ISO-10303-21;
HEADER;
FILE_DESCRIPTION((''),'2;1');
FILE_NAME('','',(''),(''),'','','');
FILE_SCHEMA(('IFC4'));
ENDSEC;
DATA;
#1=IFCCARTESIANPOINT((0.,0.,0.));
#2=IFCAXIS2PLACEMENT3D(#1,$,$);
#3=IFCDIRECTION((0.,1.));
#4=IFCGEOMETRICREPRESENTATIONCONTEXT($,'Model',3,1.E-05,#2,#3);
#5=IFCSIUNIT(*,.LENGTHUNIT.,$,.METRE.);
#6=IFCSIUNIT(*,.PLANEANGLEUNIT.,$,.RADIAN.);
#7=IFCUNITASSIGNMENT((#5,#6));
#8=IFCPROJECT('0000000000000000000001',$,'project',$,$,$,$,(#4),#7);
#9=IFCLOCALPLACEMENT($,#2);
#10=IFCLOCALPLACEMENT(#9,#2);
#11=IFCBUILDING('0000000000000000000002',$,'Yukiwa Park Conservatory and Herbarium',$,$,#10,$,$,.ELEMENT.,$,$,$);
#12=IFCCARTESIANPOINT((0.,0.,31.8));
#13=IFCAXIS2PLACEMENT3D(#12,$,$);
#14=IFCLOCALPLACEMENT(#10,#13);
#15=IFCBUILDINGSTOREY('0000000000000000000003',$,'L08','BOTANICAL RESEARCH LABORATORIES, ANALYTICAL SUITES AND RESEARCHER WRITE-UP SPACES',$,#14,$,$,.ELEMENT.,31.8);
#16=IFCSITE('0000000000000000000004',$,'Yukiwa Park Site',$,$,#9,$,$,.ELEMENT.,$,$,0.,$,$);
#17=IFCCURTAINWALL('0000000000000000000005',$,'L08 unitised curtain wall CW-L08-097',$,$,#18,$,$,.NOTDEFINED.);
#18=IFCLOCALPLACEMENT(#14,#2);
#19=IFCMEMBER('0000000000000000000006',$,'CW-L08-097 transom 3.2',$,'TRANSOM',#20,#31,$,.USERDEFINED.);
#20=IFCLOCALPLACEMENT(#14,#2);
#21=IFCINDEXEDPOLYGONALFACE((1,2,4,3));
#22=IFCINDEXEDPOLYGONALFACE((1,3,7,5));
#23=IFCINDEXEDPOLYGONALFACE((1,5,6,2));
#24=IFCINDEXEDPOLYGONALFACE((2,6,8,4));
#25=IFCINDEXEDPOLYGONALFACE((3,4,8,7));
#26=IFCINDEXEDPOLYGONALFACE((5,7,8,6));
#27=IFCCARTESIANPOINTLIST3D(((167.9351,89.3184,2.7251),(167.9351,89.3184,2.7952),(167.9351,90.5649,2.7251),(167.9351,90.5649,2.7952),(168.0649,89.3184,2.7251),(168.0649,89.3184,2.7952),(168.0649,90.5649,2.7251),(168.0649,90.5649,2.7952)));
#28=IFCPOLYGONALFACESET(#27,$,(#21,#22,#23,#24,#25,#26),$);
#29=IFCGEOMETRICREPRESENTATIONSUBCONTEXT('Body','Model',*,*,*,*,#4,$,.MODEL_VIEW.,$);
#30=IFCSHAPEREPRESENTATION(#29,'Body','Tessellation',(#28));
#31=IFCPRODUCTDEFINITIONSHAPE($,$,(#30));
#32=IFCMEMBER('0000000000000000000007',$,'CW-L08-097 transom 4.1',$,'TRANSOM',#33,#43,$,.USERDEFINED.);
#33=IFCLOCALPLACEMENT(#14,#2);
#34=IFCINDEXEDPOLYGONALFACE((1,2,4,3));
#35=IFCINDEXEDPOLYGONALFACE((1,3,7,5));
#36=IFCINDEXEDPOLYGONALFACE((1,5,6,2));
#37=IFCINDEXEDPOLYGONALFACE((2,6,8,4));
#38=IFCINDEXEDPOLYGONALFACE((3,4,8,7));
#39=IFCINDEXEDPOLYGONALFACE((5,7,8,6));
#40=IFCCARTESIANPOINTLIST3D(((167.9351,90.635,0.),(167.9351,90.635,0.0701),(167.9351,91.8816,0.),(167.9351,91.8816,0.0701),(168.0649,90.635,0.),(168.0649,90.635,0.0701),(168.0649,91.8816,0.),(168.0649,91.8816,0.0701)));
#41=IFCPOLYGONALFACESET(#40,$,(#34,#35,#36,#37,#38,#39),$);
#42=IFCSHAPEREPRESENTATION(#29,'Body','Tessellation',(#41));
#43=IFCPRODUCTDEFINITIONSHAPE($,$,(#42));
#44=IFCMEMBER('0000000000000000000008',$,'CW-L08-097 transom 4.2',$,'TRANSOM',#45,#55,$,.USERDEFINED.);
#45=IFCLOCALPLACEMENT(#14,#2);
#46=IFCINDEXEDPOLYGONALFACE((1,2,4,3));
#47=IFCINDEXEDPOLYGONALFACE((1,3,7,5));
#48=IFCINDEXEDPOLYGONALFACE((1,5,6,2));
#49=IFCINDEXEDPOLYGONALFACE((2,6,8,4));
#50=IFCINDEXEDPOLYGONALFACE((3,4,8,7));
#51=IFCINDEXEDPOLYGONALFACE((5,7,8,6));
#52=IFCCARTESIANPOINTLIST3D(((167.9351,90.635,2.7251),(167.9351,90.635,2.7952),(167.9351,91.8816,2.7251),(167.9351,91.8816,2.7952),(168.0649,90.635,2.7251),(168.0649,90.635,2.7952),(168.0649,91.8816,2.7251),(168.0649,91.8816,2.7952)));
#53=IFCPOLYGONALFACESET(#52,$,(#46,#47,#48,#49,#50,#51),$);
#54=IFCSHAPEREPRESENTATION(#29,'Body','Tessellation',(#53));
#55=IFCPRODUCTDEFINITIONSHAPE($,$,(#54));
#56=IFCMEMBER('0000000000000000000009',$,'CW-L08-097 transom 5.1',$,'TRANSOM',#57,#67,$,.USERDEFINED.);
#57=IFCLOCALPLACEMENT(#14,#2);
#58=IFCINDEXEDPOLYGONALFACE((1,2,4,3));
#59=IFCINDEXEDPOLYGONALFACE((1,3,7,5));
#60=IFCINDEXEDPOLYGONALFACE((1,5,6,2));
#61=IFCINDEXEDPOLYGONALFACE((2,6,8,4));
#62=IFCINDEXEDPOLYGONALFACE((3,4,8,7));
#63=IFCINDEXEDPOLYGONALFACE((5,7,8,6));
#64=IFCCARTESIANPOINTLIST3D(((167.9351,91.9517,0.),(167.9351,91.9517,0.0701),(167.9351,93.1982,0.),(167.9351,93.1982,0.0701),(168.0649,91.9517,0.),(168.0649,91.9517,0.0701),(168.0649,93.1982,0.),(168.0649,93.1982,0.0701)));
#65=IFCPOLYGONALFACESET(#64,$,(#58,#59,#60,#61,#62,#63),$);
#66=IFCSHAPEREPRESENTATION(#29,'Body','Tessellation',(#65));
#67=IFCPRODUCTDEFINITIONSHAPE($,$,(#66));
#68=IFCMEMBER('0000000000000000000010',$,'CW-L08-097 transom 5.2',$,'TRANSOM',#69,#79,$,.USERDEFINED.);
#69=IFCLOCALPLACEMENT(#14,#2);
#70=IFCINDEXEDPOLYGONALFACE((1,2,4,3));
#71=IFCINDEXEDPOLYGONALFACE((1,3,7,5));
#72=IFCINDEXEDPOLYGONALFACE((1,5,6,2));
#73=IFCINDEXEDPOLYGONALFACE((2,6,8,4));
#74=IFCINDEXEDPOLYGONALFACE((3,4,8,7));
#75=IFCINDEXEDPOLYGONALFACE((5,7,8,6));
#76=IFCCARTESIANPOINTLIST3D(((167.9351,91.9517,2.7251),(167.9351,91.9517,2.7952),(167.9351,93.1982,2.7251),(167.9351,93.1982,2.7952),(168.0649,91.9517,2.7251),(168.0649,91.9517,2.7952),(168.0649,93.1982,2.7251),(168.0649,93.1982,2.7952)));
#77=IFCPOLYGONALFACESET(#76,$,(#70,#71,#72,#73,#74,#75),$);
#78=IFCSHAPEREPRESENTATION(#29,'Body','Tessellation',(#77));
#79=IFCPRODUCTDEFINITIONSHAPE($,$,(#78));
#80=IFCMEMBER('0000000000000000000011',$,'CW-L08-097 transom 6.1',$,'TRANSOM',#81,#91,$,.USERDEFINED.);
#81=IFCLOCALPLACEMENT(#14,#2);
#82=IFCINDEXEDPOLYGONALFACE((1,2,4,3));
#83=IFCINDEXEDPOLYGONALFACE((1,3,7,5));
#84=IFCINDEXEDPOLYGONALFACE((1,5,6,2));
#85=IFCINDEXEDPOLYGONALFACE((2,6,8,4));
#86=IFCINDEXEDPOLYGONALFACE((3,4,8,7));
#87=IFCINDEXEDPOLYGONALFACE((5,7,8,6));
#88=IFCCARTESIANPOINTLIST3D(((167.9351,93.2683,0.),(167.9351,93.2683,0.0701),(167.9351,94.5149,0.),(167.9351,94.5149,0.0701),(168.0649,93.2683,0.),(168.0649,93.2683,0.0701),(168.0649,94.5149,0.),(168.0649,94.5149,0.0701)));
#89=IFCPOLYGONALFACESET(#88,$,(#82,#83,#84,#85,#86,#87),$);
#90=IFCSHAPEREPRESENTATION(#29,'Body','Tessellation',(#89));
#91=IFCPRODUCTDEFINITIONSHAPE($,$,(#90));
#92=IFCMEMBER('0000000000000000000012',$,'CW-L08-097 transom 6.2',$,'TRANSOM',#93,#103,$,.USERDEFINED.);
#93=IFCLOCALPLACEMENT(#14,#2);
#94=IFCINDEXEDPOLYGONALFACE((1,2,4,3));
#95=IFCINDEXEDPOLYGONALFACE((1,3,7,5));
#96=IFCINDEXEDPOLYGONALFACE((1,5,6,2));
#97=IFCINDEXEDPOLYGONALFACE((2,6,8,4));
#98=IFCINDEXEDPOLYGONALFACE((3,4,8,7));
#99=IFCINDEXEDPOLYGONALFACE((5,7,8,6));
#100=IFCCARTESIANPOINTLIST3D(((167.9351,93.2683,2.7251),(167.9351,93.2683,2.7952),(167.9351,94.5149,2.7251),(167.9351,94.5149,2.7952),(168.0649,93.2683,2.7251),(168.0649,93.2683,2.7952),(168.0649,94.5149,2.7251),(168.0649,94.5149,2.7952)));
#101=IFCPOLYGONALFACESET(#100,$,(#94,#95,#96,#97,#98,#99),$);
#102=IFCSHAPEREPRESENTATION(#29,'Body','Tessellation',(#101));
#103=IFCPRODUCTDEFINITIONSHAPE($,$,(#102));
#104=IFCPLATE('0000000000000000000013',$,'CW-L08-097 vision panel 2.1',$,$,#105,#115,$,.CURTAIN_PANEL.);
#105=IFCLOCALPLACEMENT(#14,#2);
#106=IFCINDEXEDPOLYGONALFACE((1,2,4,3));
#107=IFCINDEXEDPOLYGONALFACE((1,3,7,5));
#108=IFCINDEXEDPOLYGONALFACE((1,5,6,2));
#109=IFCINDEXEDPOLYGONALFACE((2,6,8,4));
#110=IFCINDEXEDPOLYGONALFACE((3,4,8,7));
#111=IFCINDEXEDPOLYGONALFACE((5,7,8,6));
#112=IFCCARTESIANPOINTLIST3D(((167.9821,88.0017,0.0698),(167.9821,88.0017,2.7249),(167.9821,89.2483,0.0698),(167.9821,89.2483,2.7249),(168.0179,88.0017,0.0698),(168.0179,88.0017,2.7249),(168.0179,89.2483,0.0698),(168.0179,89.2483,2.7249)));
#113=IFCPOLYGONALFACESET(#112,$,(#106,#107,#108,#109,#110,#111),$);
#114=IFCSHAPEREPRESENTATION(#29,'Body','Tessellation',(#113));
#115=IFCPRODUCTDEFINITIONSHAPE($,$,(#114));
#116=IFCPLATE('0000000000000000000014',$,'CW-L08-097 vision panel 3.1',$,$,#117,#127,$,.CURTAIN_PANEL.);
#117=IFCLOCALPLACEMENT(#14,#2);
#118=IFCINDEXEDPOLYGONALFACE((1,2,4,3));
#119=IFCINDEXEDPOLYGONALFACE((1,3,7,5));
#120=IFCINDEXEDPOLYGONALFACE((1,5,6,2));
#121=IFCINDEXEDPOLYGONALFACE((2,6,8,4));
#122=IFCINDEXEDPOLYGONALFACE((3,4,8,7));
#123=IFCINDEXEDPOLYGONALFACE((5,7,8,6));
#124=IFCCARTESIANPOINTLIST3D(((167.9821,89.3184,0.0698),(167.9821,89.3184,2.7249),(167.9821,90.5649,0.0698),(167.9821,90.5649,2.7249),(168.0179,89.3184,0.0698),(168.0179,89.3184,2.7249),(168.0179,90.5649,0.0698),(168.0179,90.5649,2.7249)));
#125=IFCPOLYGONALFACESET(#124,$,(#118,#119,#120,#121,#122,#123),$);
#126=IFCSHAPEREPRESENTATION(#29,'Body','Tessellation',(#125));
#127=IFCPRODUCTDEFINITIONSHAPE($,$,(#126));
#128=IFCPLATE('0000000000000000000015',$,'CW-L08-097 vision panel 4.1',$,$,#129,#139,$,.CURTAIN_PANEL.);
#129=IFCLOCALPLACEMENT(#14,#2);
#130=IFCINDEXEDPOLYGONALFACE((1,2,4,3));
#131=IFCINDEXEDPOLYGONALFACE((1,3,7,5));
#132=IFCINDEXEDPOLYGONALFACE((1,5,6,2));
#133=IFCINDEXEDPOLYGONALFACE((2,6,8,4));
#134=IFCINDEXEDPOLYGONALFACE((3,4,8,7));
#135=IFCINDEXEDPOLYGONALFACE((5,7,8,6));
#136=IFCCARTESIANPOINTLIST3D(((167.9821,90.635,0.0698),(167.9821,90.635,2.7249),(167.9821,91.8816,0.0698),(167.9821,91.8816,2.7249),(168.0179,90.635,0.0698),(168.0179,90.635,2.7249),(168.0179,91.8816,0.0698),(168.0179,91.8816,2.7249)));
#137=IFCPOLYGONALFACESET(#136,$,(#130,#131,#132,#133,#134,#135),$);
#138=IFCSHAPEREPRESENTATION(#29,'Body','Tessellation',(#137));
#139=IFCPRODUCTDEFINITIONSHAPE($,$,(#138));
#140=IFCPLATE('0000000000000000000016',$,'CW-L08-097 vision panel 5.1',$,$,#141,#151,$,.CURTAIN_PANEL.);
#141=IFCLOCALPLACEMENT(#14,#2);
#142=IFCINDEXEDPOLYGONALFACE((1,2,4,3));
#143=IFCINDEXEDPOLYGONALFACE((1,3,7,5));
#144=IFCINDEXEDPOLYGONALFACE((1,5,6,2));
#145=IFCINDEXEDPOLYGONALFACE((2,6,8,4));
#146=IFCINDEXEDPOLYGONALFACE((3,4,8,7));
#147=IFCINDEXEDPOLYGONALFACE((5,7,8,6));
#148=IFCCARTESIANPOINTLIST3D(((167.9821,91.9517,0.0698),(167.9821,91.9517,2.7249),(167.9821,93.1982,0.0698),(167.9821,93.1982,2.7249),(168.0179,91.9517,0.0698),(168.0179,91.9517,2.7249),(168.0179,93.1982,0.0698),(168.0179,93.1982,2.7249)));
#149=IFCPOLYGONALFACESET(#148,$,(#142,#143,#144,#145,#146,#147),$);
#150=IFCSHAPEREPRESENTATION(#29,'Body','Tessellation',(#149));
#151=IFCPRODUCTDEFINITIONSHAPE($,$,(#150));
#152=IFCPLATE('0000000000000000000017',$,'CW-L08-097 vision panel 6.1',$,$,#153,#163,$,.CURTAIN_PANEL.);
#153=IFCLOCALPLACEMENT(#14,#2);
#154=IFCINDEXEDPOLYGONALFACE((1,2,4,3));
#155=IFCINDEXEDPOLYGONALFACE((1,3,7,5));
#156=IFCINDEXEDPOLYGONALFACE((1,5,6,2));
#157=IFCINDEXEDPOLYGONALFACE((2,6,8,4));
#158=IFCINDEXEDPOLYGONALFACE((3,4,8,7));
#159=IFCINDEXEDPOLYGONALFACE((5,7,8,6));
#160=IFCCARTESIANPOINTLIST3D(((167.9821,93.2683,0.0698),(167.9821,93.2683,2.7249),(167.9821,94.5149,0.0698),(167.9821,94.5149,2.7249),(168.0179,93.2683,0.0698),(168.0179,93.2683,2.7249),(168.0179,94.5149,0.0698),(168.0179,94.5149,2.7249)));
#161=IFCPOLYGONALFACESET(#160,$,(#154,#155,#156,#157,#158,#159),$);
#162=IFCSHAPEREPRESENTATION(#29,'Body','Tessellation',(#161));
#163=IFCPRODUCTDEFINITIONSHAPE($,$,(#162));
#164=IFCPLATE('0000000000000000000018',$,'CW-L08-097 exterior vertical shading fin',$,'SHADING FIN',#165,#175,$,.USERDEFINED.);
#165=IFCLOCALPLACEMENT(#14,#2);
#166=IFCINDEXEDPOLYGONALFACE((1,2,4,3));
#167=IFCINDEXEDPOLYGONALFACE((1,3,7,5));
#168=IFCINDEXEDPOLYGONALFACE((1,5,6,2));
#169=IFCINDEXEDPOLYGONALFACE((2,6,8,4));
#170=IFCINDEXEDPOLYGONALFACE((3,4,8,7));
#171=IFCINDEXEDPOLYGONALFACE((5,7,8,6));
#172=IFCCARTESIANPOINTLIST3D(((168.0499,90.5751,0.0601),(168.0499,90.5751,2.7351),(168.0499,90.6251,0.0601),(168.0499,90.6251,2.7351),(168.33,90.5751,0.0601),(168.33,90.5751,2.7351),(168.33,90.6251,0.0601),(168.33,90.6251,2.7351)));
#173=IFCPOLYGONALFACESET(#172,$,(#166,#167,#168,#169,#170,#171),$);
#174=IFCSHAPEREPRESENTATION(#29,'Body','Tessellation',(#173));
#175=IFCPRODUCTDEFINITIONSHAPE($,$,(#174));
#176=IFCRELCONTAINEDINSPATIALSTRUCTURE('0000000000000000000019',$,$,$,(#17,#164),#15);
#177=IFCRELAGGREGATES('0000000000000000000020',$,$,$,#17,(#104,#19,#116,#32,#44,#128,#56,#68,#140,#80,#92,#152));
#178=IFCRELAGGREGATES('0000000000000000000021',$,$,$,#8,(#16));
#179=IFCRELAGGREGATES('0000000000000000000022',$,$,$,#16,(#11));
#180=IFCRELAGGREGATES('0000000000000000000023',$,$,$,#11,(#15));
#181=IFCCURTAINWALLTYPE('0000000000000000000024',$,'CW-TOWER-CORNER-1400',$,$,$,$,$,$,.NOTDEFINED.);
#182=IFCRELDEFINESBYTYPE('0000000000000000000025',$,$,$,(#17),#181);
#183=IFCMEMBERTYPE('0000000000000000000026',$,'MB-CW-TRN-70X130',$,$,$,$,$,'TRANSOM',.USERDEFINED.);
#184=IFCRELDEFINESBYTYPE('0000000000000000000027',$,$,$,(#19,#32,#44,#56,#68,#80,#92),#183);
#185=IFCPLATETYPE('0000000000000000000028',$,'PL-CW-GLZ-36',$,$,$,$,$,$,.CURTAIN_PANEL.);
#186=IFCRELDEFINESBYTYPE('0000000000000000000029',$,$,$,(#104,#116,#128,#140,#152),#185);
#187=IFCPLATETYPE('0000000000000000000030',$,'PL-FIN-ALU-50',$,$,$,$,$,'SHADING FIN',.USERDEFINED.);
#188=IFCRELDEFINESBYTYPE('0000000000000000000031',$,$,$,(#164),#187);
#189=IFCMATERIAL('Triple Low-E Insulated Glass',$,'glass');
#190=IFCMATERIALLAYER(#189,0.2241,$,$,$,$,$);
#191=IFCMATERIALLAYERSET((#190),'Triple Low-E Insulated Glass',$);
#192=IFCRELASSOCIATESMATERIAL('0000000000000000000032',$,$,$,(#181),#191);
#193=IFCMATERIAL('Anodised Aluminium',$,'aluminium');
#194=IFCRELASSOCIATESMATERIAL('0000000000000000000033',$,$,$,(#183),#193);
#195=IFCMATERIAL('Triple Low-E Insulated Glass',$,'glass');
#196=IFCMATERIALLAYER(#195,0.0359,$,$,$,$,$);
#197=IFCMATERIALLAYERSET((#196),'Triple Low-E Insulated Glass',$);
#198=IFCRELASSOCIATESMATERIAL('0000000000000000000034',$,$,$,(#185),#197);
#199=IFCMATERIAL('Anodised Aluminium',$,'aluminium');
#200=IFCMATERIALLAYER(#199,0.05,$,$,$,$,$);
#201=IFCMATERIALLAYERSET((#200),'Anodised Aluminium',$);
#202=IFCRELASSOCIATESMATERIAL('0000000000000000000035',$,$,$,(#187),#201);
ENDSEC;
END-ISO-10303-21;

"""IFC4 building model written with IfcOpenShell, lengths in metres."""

from ifc_helpers import new_model, si_unit, direction, frame, origin, origin_2d, place, context, subcontext, project, spatial, rectangle, extrude, material, layer, layer_set, type_object, element, aggregate, save


model = new_model("IFC4")

# Units and contexts
model_context = context("Model", 3, precision=1e-05, world=origin(), true_north=direction((0.0, 1.0)))
body_context = subcontext(model_context, "Body", "Model", "MODEL_VIEW")
ifc_project = project(units=[si_unit("LENGTHUNIT", "METRE"), si_unit("PLANEANGLEUNIT", "RADIAN")], contexts=[model_context])

# Site, building, storey
site_placement = place(None, origin())
site = spatial("IfcSite", under=ifc_project, at=site_placement, Name="Yukiwa Park Site", CompositionType="ELEMENT", RefElevation=0.0)
building_placement = place(site_placement, origin())
building = spatial("IfcBuilding", under=site, at=building_placement, Name="Yukiwa Park Conservatory and Herbarium", CompositionType="ELEMENT")
storey_placement = place(building_placement, frame((0.0, 0.0, 31.8)))
storey = spatial("IfcBuildingStorey", under=building, at=storey_placement, Name="L08", Description="BOTANICAL RESEARCH LABORATORIES, ANALYTICAL SUITES AND RESEARCHER WRITE-UP SPACES", CompositionType="ELEMENT", Elevation=31.8)

# Curtain wall, members, plates
ifc_material_1 = material(Name="Triple Low-E Insulated Glass", Category="glass")
ifc_layer_1 = layer(ifc_material_1, 0.2241)
ifc_layer_set_1 = layer_set([ifc_layer_1], Name="Triple Low-E Insulated Glass")
curtain_wall_type = type_object("IfcCurtainWallType", Name="CW-TOWER-CORNER-1400", PredefinedType="NOTDEFINED", material=ifc_layer_set_1)
curtain_wall_placement = place(storey_placement, origin())
curtain_wall = element("IfcCurtainWall", 1, at=curtain_wall_placement, inside=storey, type_object=curtain_wall_type, Name="L08 unitised curtain wall CW-L08-097", PredefinedType="NOTDEFINED")
ifc_material_2 = material(Name="Anodised Aluminium", Category="aluminium")
member_type_1 = type_object("IfcMemberType", Name="MB-CW-TRN-70X130", ElementType="TRANSOM", PredefinedType="USERDEFINED", material=ifc_material_2)
member_1_placement = place(storey_placement, frame((168.0, 89.9417, 2.7251), z_axis=(0.0, 0.0, 1.0), x_axis=(0.0, 1.0, 0.0)))
member_1 = element("IfcMember", 2, at=member_1_placement, type_object=member_type_1, Name="CW-L08-097 transom 3.2", ObjectType="TRANSOM", PredefinedType="USERDEFINED", context=body_context, shape_type="SweptSolid", body=[
    extrude(rectangle(XDim=1.2466, YDim=0.1299, at=origin_2d()), origin(), (0.0, 0.0, 1.0), 0.0701),
])
member_2_placement = place(storey_placement, frame((168.0, 91.2583, 0.0), z_axis=(0.0, 0.0, 1.0), x_axis=(0.0, 1.0, 0.0)))
member_2 = element("IfcMember", 3, at=member_2_placement, type_object=member_type_1, Name="CW-L08-097 transom 4.1", ObjectType="TRANSOM", PredefinedType="USERDEFINED", context=body_context, shape_type="SweptSolid", body=[
    extrude(rectangle(XDim=1.2466, YDim=0.1299, at=origin_2d()), origin(), (0.0, 0.0, 1.0), 0.0701),
])
member_3_placement = place(storey_placement, frame((168.0, 91.2583, 2.7251), z_axis=(0.0, 0.0, 1.0), x_axis=(0.0, 1.0, 0.0)))
member_3 = element("IfcMember", 4, at=member_3_placement, type_object=member_type_1, Name="CW-L08-097 transom 4.2", ObjectType="TRANSOM", PredefinedType="USERDEFINED", context=body_context, shape_type="SweptSolid", body=[
    extrude(rectangle(XDim=1.2466, YDim=0.1299, at=origin_2d()), origin(), (0.0, 0.0, 1.0), 0.0701),
])
member_4_placement = place(storey_placement, frame((168.0, 92.575, 0.0), z_axis=(0.0, 0.0, 1.0), x_axis=(0.0, 1.0, 0.0)))
member_4 = element("IfcMember", 5, at=member_4_placement, type_object=member_type_1, Name="CW-L08-097 transom 5.1", ObjectType="TRANSOM", PredefinedType="USERDEFINED", context=body_context, shape_type="SweptSolid", body=[
    extrude(rectangle(XDim=1.2466, YDim=0.1299, at=origin_2d()), origin(), (0.0, 0.0, 1.0), 0.0701),
])
member_5_placement = place(storey_placement, frame((168.0, 92.575, 2.7251), z_axis=(0.0, 0.0, 1.0), x_axis=(0.0, 1.0, 0.0)))
member_5 = element("IfcMember", 6, at=member_5_placement, type_object=member_type_1, Name="CW-L08-097 transom 5.2", ObjectType="TRANSOM", PredefinedType="USERDEFINED", context=body_context, shape_type="SweptSolid", body=[
    extrude(rectangle(XDim=1.2466, YDim=0.1299, at=origin_2d()), origin(), (0.0, 0.0, 1.0), 0.0701),
])
member_6_placement = place(storey_placement, frame((168.0, 93.8916, 0.0), z_axis=(0.0, 0.0, 1.0), x_axis=(0.0, 1.0, 0.0)))
member_6 = element("IfcMember", 7, at=member_6_placement, type_object=member_type_1, Name="CW-L08-097 transom 6.1", ObjectType="TRANSOM", PredefinedType="USERDEFINED", context=body_context, shape_type="SweptSolid", body=[
    extrude(rectangle(XDim=1.2466, YDim=0.1299, at=origin_2d()), origin(), (0.0, 0.0, 1.0), 0.0701),
])
member_7_placement = place(storey_placement, frame((168.0, 93.8916, 2.7251), z_axis=(0.0, 0.0, 1.0), x_axis=(0.0, 1.0, 0.0)))
member_7 = element("IfcMember", 8, at=member_7_placement, type_object=member_type_1, Name="CW-L08-097 transom 6.2", ObjectType="TRANSOM", PredefinedType="USERDEFINED", context=body_context, shape_type="SweptSolid", body=[
    extrude(rectangle(XDim=1.2466, YDim=0.1299, at=origin_2d()), origin(), (0.0, 0.0, 1.0), 0.0701),
])
ifc_material_3 = material(Name="Triple Low-E Insulated Glass", Category="glass")
ifc_layer_2 = layer(ifc_material_3, 0.0359)
ifc_layer_set_2 = layer_set([ifc_layer_2], Name="Triple Low-E Insulated Glass")
plate_type_1 = type_object("IfcPlateType", Name="PL-CW-GLZ-36", PredefinedType="CURTAIN_PANEL", material=ifc_layer_set_2)
plate_1_placement = place(storey_placement, frame((168.0, 88.625, 0.0698), z_axis=(0.0, 0.0, 1.0), x_axis=(0.0, 1.0, 0.0)))
plate_1 = element("IfcPlate", 9, at=plate_1_placement, type_object=plate_type_1, Name="CW-L08-097 vision panel 2.1", PredefinedType="CURTAIN_PANEL", context=body_context, shape_type="SweptSolid", body=[
    extrude(rectangle(XDim=1.2466, YDim=0.0359, at=origin_2d()), origin(), (0.0, 0.0, 1.0), 2.655),
])
plate_2_placement = place(storey_placement, frame((168.0, 89.9417, 0.0698), z_axis=(0.0, 0.0, 1.0), x_axis=(0.0, 1.0, 0.0)))
plate_2 = element("IfcPlate", 10, at=plate_2_placement, type_object=plate_type_1, Name="CW-L08-097 vision panel 3.1", PredefinedType="CURTAIN_PANEL", context=body_context, shape_type="SweptSolid", body=[
    extrude(rectangle(XDim=1.2466, YDim=0.0359, at=origin_2d()), origin(), (0.0, 0.0, 1.0), 2.655),
])
plate_3_placement = place(storey_placement, frame((168.0, 91.2583, 0.0698), z_axis=(0.0, 0.0, 1.0), x_axis=(0.0, 1.0, 0.0)))
plate_3 = element("IfcPlate", 11, at=plate_3_placement, type_object=plate_type_1, Name="CW-L08-097 vision panel 4.1", PredefinedType="CURTAIN_PANEL", context=body_context, shape_type="SweptSolid", body=[
    extrude(rectangle(XDim=1.2466, YDim=0.0359, at=origin_2d()), origin(), (0.0, 0.0, 1.0), 2.655),
])
plate_4_placement = place(storey_placement, frame((168.0, 92.575, 0.0698), z_axis=(0.0, 0.0, 1.0), x_axis=(0.0, 1.0, 0.0)))
plate_4 = element("IfcPlate", 12, at=plate_4_placement, type_object=plate_type_1, Name="CW-L08-097 vision panel 5.1", PredefinedType="CURTAIN_PANEL", context=body_context, shape_type="SweptSolid", body=[
    extrude(rectangle(XDim=1.2466, YDim=0.0359, at=origin_2d()), origin(), (0.0, 0.0, 1.0), 2.655),
])
plate_5_placement = place(storey_placement, frame((168.0, 93.8916, 0.0698), z_axis=(0.0, 0.0, 1.0), x_axis=(0.0, 1.0, 0.0)))
plate_5 = element("IfcPlate", 13, at=plate_5_placement, type_object=plate_type_1, Name="CW-L08-097 vision panel 6.1", PredefinedType="CURTAIN_PANEL", context=body_context, shape_type="SweptSolid", body=[
    extrude(rectangle(XDim=1.2466, YDim=0.0359, at=origin_2d()), origin(), (0.0, 0.0, 1.0), 2.655),
])
aggregate(curtain_wall, [plate_1, member_1, plate_2, member_2, member_3, plate_3, member_4, member_5, plate_4, member_6, member_7, plate_5])

# Plate
ifc_material_4 = material(Name="Anodised Aluminium", Category="aluminium")
ifc_layer_3 = layer(ifc_material_4, 0.05)
ifc_layer_set_3 = layer_set([ifc_layer_3], Name="Anodised Aluminium")
plate_type_2 = type_object("IfcPlateType", Name="PL-FIN-ALU-50", ElementType="SHADING FIN", PredefinedType="USERDEFINED", material=ifc_layer_set_3)
plate_6_placement = place(storey_placement, frame((168.1899, 90.6001, 0.0601), z_axis=(0.0, 0.0, 1.0), x_axis=(0.0, 1.0, 0.0)))
element("IfcPlate", 14, at=plate_6_placement, inside=storey, type_object=plate_type_2, Name="CW-L08-097 exterior vertical shading fin", ObjectType="SHADING FIN", PredefinedType="USERDEFINED", context=body_context, shape_type="SweptSolid", body=[
    extrude(rectangle(XDim=0.05, YDim=0.28, at=origin_2d()), origin(), (0.0, 0.0, 1.0), 2.675),
])

save(model, "model.ifc")
